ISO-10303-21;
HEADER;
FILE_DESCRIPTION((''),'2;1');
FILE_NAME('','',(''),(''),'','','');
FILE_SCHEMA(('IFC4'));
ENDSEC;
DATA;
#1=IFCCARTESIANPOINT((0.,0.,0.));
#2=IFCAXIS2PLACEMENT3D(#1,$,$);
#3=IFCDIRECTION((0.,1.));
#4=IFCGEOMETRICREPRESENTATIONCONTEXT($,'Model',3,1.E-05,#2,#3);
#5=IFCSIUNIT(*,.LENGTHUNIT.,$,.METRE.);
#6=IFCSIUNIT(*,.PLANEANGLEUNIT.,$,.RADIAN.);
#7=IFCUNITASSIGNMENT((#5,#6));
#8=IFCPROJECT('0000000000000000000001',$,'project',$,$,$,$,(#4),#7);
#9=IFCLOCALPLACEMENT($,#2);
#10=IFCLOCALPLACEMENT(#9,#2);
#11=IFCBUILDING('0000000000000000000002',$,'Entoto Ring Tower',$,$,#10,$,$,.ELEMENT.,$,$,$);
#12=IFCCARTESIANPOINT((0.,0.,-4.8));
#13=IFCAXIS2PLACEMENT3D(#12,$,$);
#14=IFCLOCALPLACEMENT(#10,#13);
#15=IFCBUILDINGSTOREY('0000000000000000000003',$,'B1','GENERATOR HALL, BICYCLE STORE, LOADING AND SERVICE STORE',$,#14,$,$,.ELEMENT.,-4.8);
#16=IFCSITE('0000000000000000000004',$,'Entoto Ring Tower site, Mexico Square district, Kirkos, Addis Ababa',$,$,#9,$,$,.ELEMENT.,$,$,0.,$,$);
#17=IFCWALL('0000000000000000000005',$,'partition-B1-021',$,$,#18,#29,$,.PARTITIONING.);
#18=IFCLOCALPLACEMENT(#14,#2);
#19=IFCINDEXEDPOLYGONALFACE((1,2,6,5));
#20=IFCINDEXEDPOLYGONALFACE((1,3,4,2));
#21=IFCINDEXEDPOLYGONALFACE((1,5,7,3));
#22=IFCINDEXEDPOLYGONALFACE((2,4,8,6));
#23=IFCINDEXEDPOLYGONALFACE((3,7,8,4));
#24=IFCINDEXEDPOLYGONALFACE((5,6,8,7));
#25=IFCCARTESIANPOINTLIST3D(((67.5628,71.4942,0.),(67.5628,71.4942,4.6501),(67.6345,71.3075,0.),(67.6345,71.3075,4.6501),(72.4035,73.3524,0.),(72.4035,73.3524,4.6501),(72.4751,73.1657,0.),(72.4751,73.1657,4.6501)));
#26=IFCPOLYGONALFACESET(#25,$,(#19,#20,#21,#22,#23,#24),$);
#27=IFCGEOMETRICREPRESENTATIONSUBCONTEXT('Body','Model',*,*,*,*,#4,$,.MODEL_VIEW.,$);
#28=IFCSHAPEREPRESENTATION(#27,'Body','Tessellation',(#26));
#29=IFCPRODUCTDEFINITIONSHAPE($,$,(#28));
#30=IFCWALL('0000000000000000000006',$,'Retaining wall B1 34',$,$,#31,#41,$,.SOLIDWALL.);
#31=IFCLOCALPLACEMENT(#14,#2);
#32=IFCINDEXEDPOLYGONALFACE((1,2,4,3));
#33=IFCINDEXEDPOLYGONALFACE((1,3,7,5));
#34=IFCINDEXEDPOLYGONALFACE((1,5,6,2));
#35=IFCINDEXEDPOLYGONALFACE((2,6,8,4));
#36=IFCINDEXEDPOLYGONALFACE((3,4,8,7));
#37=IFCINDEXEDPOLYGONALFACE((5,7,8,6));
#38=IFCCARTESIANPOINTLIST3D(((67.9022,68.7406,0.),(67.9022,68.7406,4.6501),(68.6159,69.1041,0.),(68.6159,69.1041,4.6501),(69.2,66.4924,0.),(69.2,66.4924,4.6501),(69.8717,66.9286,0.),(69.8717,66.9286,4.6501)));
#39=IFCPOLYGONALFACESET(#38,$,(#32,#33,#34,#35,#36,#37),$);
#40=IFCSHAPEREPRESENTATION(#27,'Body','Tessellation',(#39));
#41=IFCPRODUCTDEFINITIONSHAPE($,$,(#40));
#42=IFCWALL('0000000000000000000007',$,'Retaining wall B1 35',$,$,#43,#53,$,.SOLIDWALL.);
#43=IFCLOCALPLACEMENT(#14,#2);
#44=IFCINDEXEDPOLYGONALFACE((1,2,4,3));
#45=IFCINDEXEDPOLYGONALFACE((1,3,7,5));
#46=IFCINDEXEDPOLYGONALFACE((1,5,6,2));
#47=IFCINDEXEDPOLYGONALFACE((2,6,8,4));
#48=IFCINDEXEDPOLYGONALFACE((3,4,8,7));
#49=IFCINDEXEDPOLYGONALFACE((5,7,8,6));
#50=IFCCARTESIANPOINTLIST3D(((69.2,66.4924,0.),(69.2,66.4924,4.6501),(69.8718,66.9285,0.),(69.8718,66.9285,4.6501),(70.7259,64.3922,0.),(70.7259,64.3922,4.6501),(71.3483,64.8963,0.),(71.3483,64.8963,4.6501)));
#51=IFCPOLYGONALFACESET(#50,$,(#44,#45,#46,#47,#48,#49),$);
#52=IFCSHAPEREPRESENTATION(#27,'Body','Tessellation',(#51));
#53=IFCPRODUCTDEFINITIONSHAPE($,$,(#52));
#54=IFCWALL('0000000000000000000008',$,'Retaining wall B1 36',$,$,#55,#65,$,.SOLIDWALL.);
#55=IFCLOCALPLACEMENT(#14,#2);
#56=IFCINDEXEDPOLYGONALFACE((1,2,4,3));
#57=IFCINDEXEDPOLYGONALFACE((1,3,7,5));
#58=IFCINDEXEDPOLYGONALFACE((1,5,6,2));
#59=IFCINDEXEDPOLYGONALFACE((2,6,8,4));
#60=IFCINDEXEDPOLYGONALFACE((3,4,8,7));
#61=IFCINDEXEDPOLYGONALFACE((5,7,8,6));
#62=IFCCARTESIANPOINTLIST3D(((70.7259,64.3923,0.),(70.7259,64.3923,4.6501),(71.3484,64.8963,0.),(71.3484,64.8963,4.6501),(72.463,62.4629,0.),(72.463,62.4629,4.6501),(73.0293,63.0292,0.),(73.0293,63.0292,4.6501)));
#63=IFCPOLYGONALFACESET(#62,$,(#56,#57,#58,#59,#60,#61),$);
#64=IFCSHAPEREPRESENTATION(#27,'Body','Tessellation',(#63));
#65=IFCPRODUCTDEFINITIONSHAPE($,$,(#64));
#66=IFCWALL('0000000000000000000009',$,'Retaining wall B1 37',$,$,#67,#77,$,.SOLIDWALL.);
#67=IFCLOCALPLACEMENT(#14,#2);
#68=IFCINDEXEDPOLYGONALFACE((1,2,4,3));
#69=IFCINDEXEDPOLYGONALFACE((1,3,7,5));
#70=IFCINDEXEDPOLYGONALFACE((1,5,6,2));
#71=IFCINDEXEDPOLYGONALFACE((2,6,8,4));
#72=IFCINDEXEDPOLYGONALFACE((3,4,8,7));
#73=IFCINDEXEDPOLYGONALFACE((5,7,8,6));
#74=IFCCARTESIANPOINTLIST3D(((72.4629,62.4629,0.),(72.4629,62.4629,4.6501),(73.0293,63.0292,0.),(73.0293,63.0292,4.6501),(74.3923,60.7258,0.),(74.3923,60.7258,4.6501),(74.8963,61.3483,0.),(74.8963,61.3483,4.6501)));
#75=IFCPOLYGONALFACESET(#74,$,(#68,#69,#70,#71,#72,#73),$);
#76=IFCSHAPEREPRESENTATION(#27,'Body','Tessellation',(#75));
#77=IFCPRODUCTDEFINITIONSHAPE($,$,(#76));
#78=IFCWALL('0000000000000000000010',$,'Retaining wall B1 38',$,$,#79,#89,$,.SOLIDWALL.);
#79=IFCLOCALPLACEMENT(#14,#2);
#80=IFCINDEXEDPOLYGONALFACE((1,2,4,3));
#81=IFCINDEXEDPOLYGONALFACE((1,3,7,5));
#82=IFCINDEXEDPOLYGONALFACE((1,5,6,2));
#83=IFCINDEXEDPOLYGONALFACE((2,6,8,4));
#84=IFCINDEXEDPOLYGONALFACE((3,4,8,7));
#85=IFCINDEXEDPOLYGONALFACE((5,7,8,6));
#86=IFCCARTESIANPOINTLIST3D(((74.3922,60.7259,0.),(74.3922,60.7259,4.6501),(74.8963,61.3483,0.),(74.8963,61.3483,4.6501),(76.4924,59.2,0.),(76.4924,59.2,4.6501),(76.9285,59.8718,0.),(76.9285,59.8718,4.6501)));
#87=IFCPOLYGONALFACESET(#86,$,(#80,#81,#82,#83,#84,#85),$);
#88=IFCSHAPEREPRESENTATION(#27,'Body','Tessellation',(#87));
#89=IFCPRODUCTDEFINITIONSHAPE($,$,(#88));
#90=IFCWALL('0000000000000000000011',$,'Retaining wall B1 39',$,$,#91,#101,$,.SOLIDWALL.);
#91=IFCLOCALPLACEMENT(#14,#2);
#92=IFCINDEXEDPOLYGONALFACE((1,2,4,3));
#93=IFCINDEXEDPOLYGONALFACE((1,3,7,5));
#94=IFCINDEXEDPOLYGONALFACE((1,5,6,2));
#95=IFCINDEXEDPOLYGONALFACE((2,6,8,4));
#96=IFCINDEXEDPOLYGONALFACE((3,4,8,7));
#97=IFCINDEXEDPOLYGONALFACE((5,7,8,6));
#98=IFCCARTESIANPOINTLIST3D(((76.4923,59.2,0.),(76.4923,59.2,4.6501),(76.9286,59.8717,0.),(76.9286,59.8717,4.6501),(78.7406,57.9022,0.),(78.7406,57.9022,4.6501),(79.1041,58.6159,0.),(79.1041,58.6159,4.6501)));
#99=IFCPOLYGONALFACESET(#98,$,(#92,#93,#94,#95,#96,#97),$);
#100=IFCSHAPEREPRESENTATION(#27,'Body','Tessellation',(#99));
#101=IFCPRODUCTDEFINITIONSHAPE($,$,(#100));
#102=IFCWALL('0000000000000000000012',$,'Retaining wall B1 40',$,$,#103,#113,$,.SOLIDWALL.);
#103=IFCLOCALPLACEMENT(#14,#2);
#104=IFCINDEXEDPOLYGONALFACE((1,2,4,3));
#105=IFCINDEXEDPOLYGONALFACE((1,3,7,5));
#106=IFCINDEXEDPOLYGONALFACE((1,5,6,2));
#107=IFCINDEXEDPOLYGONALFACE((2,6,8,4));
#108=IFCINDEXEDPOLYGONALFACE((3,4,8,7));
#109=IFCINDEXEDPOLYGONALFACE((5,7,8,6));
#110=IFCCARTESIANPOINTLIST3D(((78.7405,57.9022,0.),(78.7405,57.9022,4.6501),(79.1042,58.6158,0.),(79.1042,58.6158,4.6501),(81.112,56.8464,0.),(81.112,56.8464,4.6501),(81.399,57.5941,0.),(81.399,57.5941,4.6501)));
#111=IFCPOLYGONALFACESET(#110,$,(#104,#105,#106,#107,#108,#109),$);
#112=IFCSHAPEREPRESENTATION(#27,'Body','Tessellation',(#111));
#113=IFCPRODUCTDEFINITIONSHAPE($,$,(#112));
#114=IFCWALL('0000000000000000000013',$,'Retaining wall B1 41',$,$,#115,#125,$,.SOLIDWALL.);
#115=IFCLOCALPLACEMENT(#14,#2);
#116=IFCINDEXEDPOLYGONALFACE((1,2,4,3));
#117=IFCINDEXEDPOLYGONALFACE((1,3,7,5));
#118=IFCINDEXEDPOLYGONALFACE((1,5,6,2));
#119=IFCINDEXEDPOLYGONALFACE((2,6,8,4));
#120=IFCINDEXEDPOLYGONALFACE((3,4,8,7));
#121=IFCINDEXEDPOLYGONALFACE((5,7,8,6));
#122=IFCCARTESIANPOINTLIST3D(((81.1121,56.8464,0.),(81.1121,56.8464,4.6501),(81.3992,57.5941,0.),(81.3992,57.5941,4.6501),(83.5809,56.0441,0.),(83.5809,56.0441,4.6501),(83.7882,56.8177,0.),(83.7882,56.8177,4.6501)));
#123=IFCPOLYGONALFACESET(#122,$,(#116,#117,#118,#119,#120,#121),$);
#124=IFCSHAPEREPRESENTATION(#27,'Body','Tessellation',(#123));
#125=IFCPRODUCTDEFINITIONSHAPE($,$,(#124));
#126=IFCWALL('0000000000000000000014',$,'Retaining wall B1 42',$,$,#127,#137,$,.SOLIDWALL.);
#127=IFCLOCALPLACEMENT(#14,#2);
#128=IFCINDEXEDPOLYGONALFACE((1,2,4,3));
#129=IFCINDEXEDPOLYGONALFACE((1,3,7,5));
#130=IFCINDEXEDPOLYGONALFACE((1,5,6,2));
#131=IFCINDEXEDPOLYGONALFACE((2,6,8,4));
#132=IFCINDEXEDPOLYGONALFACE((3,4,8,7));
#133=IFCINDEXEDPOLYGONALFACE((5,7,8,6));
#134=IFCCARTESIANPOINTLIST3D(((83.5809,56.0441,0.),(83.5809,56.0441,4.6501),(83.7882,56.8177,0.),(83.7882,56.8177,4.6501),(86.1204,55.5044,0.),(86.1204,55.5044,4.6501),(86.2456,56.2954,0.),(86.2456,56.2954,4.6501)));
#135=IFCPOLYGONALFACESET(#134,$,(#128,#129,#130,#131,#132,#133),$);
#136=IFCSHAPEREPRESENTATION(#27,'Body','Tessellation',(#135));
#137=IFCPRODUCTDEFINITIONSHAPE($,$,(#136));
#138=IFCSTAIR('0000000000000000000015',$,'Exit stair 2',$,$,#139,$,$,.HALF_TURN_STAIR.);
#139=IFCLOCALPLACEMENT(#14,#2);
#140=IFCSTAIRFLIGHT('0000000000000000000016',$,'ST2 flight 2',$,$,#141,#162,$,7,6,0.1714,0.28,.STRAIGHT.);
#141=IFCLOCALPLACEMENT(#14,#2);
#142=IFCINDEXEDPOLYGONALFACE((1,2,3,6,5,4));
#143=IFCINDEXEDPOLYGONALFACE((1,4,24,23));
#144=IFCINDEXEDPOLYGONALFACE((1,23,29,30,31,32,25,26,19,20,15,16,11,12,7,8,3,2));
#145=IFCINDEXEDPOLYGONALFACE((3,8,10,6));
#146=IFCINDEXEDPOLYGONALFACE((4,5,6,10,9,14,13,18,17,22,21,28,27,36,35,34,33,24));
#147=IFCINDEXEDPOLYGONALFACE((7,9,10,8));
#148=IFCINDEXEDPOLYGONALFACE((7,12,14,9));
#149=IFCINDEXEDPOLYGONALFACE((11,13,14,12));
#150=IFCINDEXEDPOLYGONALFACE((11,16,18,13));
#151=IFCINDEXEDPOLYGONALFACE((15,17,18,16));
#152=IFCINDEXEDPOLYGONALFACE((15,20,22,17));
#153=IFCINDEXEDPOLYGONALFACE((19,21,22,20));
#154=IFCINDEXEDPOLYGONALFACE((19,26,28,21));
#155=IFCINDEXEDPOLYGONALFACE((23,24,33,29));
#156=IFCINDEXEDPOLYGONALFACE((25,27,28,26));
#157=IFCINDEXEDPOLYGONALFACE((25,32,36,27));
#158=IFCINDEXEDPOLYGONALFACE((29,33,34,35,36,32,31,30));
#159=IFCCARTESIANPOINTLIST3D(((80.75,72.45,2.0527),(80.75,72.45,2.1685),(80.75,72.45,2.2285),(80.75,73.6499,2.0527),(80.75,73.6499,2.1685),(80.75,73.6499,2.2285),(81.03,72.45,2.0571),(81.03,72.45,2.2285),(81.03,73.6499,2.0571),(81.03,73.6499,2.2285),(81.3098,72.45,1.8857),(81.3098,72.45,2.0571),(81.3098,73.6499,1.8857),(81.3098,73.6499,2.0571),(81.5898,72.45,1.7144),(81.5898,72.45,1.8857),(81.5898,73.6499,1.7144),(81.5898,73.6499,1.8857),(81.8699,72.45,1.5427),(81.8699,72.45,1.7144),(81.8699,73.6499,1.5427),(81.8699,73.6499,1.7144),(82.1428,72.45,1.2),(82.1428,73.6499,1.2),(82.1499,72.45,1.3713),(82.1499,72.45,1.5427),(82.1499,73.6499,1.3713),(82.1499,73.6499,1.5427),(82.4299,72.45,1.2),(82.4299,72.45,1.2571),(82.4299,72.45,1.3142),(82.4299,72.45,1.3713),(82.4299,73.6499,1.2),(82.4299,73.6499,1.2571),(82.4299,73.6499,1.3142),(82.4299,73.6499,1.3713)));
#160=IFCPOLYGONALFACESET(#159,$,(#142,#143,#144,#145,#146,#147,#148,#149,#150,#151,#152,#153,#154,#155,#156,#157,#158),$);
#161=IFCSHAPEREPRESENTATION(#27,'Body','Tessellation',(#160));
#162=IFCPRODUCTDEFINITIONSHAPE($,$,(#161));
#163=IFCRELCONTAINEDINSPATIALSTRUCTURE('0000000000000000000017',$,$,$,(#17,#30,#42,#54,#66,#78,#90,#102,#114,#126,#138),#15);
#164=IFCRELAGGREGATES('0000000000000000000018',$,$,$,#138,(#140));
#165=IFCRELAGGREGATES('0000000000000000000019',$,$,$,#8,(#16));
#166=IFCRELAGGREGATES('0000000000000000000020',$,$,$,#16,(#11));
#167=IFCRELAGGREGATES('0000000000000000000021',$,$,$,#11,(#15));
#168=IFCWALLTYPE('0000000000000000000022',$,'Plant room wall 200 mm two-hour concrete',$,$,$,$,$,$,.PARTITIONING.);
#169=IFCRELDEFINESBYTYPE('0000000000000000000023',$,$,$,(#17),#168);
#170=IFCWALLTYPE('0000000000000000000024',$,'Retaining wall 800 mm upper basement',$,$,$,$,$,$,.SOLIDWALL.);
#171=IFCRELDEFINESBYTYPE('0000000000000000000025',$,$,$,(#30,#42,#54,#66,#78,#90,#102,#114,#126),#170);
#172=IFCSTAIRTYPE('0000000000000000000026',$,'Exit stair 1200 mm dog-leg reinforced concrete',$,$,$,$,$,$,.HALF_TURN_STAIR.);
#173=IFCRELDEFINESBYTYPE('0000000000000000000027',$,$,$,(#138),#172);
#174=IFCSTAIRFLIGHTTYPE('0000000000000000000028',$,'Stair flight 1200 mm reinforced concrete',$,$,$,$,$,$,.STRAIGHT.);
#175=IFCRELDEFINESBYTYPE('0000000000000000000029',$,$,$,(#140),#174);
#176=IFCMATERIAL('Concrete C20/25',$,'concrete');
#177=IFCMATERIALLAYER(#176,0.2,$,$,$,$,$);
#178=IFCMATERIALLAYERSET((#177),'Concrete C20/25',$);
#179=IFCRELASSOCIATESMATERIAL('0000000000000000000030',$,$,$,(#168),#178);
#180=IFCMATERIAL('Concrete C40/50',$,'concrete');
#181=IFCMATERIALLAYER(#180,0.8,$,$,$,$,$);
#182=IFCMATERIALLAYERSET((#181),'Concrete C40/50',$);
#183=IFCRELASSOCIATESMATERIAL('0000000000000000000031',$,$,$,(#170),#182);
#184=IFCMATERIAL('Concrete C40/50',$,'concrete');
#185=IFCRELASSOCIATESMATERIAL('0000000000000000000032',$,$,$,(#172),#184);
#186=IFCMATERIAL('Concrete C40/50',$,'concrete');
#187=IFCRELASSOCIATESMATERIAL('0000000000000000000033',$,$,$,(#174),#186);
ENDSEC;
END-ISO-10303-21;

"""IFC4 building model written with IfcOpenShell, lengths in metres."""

from ifc_helpers import new_model, si_unit, direction, frame, frame_2d, origin, place, context, subcontext, project, spatial, polyline, rectangle, outline, extrude, material, layer, layer_set, type_object, element, aggregate, save


model = new_model("IFC4")

# Units and contexts
model_context = context("Model", 3, precision=1e-05, world=origin(), true_north=direction((0.0, 1.0)))
body_context = subcontext(model_context, "Body", "Model", "MODEL_VIEW")
ifc_project = project(units=[si_unit("LENGTHUNIT", "METRE"), si_unit("PLANEANGLEUNIT", "RADIAN")], contexts=[model_context])

# Site, building, storey
site_placement = place(None, origin())
site = spatial("IfcSite", under=ifc_project, at=site_placement, Name="Entoto Ring Tower site, Mexico Square district, Kirkos, Addis Ababa", CompositionType="ELEMENT", RefElevation=0.0)
building_placement = place(site_placement, origin())
building = spatial("IfcBuilding", under=site, at=building_placement, Name="Entoto Ring Tower", CompositionType="ELEMENT")
storey_placement = place(building_placement, frame((0.0, 0.0, -4.8)))
storey = spatial("IfcBuildingStorey", under=building, at=storey_placement, Name="B1", Description="GENERATOR HALL, BICYCLE STORE, LOADING AND SERVICE STORE", CompositionType="ELEMENT", Elevation=-4.8)

# Walls
ifc_material_1 = material(Name="Concrete C20/25", Category="concrete")
ifc_layer_1 = layer(ifc_material_1, 0.2)
ifc_layer_set_1 = layer_set([ifc_layer_1], Name="Concrete C20/25")
wall_type_1 = type_object("IfcWallType", Name="Plant room wall 200 mm two-hour concrete", PredefinedType="PARTITIONING", material=ifc_layer_set_1)
wall_1_placement = place(storey_placement, frame((67.5986, 71.4009, 0.0), z_axis=(0.0, 0.0, 1.0), x_axis=(0.933578, 0.358373, 0.0)))
element("IfcWall", 1, at=wall_1_placement, inside=storey, type_object=wall_type_1, Name="partition-B1-021", PredefinedType="PARTITIONING", context=body_context, shape_type="SweptSolid", body=[
    extrude(rectangle(XDim=5.1851, YDim=0.2, at=frame_2d((2.5925, 0.0))), origin(), (0.0, 0.0, 1.0), 4.6501),
])
ifc_material_2 = material(Name="Concrete C40/50", Category="concrete")
ifc_layer_2 = layer(ifc_material_2, 0.8)
ifc_layer_set_2 = layer_set([ifc_layer_2], Name="Concrete C40/50")
wall_type_2 = type_object("IfcWallType", Name="Retaining wall 800 mm upper basement", PredefinedType="SOLIDWALL", material=ifc_layer_set_2)
for number, where, z_axis, x_axis, name in (
    (2, (68.259, 68.9224, 0.0), (0.0, 0.0, 1.0), (0.499943, -0.866058, 0.0), "Retaining wall B1 34"),
    (3, (69.5359, 66.7104, 0.0), (0.0, 0.0, 1.0), (0.587802, -0.809005, 0.0), "Retaining wall B1 35"),
):
    element("IfcWall", number, at=place(storey_placement, frame(where, z_axis=z_axis, x_axis=x_axis)), inside=storey, type_object=wall_type_2, Name=name, PredefinedType="SOLIDWALL", context=body_context, shape_type="SweptSolid", body=[
        extrude(outline(polyline([(-0.021, -0.3999), (2.575, -0.3999), (2.533, 0.3999), (0.021, 0.3999), (-0.021, -0.3999)])), origin(), (0.0, 0.0, 1.0), 4.6501),
    ])
for number, where, z_axis, x_axis, name in (
    (4, (71.0371, 64.6443, 0.0), (0.0, 0.0, 1.0), (0.669097, -0.743175, 0.0), "Retaining wall B1 36"),
    (5, (72.7461, 62.7461, 0.0), (0.0, 0.0, 1.0), (0.743175, -0.669097, 0.0), "Retaining wall B1 37"),
):
    element("IfcWall", number, at=place(storey_placement, frame(where, z_axis=z_axis, x_axis=x_axis)), inside=storey, type_object=wall_type_2, Name=name, PredefinedType="SOLIDWALL", context=body_context, shape_type="SweptSolid", body=[
        extrude(outline(polyline([(-0.021, -0.3999), (2.5752, -0.3999), (2.5332, 0.3999), (0.021, 0.3999), (-0.021, -0.3999)])), origin(), (0.0, 0.0, 1.0), 4.6501),
    ])
for number, where, z_axis, x_axis, name in (
    (6, (74.6443, 61.0371, 0.0), (0.0, 0.0, 1.0), (0.809005, -0.587802, 0.0), "Retaining wall B1 38"),
    (7, (76.7104, 59.5359, 0.0), (0.0, 0.0, 1.0), (0.866058, -0.499943, 0.0), "Retaining wall B1 39"),
    (8, (78.9224, 58.259, 0.0), (0.0, 0.0, 1.0), (0.913547, -0.406733, 0.0), "Retaining wall B1 40"),
    (9, (81.2556, 57.2202, 0.0), (0.0, 0.0, 1.0), (0.951046, -0.309049, 0.0), "Retaining wall B1 41"),
):
    element("IfcWall", number, at=place(storey_placement, frame(where, z_axis=z_axis, x_axis=x_axis)), inside=storey, type_object=wall_type_2, Name=name, PredefinedType="SOLIDWALL", context=body_context, shape_type="SweptSolid", body=[
        extrude(outline(polyline([(-0.021, -0.3999), (2.575, -0.3999), (2.533, 0.3999), (0.021, 0.3999), (-0.021, -0.3999)])), origin(), (0.0, 0.0, 1.0), 4.6501),
    ])
wall_2_placement = place(storey_placement, frame((83.6846, 56.4309, 0.0), z_axis=(0.0, 0.0, 1.0), x_axis=(0.978149, -0.207903, 0.0)))
element("IfcWall", 10, at=wall_2_placement, inside=storey, type_object=wall_type_2, Name="Retaining wall B1 42", PredefinedType="SOLIDWALL", context=body_context, shape_type="SweptSolid", body=[
    extrude(outline(polyline([(-0.021, -0.3999), (2.5752, -0.3999), (2.5332, 0.3999), (0.021, 0.3999), (-0.021, -0.3999)])), origin(), (0.0, 0.0, 1.0), 4.6501),
])

# Stair, stair flight
ifc_material_3 = material(Name="Concrete C40/50", Category="concrete")
stair_type = type_object("IfcStairType", Name="Exit stair 1200 mm dog-leg reinforced concrete", PredefinedType="HALF_TURN_STAIR", material=ifc_material_3)
stair_placement = place(storey_placement, origin())
stair = element("IfcStair", 11, at=stair_placement, inside=storey, type_object=stair_type, Name="Exit stair 2", PredefinedType="HALF_TURN_STAIR")
ifc_material_4 = material(Name="Concrete C40/50", Category="concrete")
stair_flight_type = type_object("IfcStairFlightType", Name="Stair flight 1200 mm reinforced concrete", PredefinedType="STRAIGHT", material=ifc_material_4)
stair_flight_placement = place(storey_placement, frame((82.4299, 73.05, 1.2), z_axis=(0.0, 0.0, 1.0), x_axis=(-1.0, 0.0, 0.0)))
stair_flight = element("IfcStairFlight", 12, at=stair_flight_placement, type_object=stair_flight_type, Name="ST2 flight 2", NumberOfRisers=7, NumberOfTreads=6, PredefinedType="STRAIGHT", RiserHeight=0.1714, TreadLength=0.28, context=body_context, shape_type="SweptSolid", body=[
    extrude(outline(polyline([(0.0, 0.0), (0.0, 0.0571), (0.0, 0.1143), (0.0, 0.1714), (0.28, 0.1714), (0.28, 0.3428), (0.5601, 0.3428), (0.5601, 0.5144), (0.8401, 0.5144), (0.8401, 0.6858), (1.1201, 0.6858), (1.1201, 0.8572), (1.3999, 0.8572), (1.3999, 1.0286), (1.6799, 1.0286), (1.6799, 1.2), (1.6799, 1.0842), (1.6799, 0.9685), (1.6799, 0.8528), (0.2871, 0.0), (0.0, 0.0)])), frame((0.0, 0.6001, 0.0), z_axis=(0.0, -1.0, 0.0), x_axis=(1.0, 0.0, 0.0)), (0.0, 0.0, 1.0), 1.2),
])
aggregate(stair, [stair_flight])

save(model, "model.ifc")
